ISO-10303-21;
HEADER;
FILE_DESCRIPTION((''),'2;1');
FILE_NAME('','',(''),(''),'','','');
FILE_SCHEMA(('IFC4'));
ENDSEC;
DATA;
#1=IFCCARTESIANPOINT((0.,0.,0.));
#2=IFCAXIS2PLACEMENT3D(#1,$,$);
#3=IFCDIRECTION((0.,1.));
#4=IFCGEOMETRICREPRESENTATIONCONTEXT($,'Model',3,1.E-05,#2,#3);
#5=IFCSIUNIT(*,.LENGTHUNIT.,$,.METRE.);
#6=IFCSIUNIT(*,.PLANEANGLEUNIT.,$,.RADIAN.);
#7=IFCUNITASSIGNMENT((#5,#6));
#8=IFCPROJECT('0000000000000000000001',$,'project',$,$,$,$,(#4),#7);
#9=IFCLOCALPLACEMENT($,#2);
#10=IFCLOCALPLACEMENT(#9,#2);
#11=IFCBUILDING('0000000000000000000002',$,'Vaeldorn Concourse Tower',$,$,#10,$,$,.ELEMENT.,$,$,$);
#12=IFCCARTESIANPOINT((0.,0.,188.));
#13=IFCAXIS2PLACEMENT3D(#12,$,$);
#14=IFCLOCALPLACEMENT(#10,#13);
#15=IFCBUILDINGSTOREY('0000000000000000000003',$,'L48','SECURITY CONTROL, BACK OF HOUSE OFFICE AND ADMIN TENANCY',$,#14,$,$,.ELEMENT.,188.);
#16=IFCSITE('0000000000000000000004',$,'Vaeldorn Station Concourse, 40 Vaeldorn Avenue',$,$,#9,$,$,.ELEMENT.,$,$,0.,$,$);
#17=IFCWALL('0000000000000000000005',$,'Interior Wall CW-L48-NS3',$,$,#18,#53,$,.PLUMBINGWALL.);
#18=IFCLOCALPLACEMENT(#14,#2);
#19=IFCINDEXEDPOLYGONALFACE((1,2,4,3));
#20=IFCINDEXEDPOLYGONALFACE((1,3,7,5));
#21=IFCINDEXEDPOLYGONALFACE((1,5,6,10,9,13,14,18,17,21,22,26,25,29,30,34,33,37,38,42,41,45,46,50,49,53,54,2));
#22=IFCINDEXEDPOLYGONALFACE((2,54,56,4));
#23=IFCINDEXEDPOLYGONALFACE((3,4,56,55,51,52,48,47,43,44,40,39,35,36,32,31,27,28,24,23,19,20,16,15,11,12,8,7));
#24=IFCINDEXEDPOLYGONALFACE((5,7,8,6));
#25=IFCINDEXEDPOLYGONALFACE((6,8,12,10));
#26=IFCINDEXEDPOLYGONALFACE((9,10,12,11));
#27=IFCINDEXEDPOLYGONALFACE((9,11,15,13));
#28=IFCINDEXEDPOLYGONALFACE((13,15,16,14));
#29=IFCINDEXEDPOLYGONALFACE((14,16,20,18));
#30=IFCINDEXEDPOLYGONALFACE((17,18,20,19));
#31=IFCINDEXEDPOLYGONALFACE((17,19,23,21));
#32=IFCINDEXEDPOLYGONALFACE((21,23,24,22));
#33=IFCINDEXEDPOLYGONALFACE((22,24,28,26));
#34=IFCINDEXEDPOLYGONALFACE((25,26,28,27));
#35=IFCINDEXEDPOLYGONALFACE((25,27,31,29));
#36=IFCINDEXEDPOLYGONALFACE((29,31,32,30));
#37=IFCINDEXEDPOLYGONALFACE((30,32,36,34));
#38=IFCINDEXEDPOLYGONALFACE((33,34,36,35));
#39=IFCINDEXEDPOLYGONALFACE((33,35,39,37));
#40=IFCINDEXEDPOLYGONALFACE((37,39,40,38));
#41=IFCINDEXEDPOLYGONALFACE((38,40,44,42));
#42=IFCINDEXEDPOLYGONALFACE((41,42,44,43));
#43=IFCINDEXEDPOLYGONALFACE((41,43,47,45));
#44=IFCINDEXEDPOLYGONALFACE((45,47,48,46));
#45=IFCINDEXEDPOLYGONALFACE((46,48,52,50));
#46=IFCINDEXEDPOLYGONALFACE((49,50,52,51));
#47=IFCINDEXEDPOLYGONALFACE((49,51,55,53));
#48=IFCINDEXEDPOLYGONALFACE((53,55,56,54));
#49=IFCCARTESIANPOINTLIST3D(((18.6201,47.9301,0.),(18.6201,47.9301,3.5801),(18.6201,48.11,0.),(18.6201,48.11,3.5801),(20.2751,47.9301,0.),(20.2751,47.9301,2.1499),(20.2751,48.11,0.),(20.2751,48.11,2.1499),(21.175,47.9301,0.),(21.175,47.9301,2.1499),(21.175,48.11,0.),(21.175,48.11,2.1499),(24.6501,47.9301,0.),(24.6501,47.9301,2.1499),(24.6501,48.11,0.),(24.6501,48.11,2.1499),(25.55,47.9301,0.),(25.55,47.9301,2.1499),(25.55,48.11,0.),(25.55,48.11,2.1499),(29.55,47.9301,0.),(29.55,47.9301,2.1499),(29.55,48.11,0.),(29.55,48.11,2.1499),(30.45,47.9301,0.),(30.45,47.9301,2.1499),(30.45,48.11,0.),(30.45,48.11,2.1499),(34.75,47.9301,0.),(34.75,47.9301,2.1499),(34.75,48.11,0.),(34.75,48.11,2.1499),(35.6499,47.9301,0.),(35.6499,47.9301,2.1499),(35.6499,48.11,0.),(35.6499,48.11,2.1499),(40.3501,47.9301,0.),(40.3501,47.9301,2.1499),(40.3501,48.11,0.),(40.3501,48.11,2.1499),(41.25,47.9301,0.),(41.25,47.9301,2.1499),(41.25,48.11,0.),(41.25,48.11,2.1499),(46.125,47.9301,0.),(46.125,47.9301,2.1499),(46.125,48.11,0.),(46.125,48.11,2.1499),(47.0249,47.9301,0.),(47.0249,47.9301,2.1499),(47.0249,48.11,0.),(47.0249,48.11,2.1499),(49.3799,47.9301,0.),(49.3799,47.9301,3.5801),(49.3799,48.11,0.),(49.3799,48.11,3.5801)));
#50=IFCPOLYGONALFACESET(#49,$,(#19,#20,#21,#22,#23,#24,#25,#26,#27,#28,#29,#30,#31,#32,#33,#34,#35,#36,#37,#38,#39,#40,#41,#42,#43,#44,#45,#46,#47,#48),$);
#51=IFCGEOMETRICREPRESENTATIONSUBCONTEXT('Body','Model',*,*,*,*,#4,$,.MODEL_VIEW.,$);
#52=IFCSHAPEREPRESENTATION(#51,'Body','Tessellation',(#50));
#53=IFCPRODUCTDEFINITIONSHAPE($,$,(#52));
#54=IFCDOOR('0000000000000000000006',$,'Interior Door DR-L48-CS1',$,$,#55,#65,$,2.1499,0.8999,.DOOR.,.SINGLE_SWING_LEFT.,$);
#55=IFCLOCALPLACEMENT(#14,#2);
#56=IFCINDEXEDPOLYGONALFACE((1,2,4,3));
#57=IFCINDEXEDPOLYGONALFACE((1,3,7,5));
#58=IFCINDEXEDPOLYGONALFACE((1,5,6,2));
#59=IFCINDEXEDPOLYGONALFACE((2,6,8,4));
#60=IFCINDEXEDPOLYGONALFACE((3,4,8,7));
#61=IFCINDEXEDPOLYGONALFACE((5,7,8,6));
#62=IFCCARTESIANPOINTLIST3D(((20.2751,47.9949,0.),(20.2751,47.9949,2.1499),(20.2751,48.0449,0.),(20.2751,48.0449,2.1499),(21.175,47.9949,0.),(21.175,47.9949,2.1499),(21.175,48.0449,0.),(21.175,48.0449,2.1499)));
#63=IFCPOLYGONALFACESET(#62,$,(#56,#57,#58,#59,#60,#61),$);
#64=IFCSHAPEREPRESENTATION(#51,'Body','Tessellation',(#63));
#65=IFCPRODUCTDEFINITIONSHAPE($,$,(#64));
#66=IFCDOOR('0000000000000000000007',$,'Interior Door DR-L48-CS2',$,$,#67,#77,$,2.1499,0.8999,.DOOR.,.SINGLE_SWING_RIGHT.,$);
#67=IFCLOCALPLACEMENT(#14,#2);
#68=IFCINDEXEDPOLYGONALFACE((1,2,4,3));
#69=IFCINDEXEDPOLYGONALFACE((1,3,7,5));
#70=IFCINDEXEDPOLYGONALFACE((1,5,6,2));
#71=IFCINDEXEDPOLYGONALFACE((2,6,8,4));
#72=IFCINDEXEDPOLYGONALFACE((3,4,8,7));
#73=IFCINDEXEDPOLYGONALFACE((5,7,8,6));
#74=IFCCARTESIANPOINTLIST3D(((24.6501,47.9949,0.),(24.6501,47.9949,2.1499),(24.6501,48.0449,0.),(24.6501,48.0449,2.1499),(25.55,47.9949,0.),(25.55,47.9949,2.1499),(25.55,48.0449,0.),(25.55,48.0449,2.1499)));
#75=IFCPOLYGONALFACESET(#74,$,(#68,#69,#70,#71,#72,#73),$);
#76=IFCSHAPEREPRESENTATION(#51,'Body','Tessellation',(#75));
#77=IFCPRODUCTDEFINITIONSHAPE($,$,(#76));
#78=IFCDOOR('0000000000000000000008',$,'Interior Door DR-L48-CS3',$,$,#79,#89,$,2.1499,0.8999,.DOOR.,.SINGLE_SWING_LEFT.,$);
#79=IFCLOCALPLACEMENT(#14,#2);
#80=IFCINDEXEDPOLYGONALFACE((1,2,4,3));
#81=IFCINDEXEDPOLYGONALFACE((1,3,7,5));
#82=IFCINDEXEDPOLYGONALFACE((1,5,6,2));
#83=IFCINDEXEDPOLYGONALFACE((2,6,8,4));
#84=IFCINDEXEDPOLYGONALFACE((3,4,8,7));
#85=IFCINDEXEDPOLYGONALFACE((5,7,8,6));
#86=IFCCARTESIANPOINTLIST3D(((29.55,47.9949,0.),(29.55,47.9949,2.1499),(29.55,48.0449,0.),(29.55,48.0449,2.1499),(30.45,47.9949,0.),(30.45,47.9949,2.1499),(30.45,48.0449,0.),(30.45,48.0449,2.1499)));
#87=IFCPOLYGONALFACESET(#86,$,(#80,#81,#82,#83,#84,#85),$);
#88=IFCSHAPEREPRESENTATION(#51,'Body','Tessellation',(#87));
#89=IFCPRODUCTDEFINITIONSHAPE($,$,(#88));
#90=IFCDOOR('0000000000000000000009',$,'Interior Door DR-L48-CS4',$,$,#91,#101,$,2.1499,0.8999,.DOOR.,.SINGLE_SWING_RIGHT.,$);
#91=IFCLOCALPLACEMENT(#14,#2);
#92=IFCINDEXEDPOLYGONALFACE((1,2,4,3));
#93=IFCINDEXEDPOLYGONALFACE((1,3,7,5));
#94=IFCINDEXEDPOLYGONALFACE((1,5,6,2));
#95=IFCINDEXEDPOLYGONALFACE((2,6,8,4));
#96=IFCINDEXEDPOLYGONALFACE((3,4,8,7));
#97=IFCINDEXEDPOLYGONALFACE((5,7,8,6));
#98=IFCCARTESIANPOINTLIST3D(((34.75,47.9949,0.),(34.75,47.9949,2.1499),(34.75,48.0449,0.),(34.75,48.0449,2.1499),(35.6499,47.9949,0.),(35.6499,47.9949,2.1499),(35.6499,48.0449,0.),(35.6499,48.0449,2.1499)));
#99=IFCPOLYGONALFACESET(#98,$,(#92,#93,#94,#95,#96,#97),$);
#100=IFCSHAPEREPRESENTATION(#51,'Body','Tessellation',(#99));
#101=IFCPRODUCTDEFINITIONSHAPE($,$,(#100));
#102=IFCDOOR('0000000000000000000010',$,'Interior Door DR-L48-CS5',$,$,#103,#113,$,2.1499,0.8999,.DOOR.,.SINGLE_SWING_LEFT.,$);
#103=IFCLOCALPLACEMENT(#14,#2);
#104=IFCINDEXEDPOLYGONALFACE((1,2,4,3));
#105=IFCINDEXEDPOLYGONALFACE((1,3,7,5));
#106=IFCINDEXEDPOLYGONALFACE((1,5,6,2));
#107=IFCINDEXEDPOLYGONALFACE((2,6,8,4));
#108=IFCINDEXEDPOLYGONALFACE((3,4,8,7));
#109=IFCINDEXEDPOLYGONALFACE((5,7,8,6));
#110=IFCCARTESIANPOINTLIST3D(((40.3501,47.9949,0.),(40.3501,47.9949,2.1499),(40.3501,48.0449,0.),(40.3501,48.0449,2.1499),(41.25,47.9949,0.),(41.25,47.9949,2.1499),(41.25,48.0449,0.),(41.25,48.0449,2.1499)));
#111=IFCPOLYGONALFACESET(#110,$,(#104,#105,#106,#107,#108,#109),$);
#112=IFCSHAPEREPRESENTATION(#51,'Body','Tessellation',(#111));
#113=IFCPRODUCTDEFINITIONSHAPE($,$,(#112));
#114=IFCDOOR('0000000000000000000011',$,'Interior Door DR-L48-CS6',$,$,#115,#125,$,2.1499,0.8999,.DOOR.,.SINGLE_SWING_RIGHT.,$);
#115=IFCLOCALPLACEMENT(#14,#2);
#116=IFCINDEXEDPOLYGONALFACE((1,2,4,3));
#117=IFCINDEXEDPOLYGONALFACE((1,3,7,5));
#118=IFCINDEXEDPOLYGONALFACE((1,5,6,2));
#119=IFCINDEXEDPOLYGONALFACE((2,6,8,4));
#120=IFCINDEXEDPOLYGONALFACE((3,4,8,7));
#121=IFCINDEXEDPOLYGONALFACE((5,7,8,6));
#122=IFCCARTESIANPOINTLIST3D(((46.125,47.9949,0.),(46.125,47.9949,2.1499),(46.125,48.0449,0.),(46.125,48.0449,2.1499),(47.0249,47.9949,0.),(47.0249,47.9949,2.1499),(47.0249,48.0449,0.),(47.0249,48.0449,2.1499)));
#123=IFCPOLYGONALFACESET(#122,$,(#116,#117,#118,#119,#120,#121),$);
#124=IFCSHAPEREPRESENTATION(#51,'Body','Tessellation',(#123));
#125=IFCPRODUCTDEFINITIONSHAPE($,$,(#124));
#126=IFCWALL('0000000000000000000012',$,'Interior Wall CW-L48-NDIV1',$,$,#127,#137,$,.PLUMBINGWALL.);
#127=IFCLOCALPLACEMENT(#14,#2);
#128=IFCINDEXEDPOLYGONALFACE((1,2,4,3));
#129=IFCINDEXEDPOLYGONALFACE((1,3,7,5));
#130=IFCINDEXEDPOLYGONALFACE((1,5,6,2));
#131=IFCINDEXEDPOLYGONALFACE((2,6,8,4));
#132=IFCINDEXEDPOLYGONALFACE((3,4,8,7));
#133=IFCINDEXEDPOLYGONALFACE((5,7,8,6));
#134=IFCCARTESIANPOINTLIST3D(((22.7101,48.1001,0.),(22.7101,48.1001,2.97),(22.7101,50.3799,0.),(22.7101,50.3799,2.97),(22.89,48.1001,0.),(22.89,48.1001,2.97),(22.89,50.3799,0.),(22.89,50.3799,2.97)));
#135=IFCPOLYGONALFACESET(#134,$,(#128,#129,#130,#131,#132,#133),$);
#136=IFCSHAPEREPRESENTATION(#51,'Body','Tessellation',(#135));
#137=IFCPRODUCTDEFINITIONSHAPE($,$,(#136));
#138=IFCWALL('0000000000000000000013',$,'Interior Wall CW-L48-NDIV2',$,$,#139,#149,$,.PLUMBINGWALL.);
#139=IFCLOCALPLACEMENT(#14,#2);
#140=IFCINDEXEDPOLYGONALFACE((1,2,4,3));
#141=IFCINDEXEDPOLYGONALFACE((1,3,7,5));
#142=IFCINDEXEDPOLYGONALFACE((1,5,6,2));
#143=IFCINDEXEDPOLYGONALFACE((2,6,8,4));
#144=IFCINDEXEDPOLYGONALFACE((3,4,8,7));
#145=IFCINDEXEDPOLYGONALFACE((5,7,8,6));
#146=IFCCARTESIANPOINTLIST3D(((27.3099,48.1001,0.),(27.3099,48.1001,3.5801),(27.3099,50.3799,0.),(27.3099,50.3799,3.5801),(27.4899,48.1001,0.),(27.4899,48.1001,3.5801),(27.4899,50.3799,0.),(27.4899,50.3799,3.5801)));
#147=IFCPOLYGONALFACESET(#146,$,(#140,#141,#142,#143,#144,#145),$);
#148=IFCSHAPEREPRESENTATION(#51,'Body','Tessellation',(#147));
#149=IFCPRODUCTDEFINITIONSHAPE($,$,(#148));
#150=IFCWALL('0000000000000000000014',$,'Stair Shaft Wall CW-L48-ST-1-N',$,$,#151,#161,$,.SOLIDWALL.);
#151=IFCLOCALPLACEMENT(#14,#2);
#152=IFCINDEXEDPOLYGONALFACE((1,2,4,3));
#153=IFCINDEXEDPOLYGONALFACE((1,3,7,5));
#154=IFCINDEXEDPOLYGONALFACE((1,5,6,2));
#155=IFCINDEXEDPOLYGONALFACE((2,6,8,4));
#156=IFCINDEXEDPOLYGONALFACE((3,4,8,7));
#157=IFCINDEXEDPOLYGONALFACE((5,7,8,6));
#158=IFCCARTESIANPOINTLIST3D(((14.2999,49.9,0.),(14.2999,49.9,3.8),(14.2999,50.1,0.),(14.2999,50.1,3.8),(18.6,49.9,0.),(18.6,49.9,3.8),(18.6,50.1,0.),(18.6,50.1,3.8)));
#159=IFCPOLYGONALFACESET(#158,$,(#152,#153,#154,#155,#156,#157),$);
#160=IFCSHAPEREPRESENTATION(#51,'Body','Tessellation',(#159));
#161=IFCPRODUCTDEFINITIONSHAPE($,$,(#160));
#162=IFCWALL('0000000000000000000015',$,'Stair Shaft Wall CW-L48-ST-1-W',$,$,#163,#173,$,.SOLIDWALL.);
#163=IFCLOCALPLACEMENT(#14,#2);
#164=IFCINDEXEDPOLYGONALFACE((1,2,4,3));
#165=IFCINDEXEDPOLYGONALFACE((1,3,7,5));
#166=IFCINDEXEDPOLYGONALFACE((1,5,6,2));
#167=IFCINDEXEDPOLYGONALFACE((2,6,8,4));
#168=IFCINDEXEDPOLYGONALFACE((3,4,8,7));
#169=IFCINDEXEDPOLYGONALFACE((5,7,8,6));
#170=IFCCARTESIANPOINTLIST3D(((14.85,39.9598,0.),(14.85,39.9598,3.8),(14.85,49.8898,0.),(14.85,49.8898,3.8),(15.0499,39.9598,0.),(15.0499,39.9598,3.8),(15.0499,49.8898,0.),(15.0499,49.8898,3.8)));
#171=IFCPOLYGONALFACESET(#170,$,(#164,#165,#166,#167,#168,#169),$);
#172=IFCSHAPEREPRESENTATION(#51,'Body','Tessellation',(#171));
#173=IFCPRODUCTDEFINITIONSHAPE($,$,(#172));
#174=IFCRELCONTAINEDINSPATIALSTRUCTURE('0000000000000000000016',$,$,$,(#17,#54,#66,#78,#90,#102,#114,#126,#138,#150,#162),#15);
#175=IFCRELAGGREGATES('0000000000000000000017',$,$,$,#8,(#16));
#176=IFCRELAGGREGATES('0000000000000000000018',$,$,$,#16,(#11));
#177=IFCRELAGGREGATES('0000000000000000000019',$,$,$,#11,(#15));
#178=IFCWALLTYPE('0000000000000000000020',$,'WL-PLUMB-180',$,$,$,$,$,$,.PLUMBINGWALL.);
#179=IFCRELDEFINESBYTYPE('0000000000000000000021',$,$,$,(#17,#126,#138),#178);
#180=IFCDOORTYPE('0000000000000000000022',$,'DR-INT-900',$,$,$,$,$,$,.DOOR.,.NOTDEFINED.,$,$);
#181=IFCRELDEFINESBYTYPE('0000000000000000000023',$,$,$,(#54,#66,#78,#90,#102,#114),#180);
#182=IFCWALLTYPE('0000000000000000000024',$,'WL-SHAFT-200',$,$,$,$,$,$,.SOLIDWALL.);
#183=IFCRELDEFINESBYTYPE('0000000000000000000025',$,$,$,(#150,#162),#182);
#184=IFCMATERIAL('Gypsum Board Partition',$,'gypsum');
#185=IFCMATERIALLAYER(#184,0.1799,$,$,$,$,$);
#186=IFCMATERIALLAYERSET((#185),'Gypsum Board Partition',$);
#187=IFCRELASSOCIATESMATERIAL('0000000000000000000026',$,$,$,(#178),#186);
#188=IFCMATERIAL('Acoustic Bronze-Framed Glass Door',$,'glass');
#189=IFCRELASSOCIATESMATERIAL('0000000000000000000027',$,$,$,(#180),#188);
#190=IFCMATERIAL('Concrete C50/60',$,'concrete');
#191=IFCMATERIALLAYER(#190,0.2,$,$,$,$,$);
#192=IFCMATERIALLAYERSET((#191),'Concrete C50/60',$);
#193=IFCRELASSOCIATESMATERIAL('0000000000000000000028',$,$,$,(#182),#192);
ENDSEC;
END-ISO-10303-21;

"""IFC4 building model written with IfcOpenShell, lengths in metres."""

from ifc_helpers import new_model, si_unit, direction, frame, frame_2d, origin, place, context, subcontext, project, spatial, rectangle, extrude, source, transform, mapped, material, layer, layer_set, type_object, element, fill, save


model = new_model("IFC4")

# Units and contexts
model_context = context("Model", 3, precision=1e-05, world=origin(), true_north=direction((0.0, 1.0)))
body_context = subcontext(model_context, "Body", "Model", "MODEL_VIEW")
ifc_project = project(units=[si_unit("LENGTHUNIT", "METRE"), si_unit("PLANEANGLEUNIT", "RADIAN")], contexts=[model_context])

# Site, building, storey
site_placement = place(None, origin())
site = spatial("IfcSite", under=ifc_project, at=site_placement, Name="Vaeldorn Station Concourse, 40 Vaeldorn Avenue", CompositionType="ELEMENT", RefElevation=0.0)
building_placement = place(site_placement, origin())
building = spatial("IfcBuilding", under=site, at=building_placement, Name="Vaeldorn Concourse Tower", CompositionType="ELEMENT")
storey_placement = place(building_placement, frame((0.0, 0.0, 188.0)))
storey = spatial("IfcBuildingStorey", under=building, at=storey_placement, Name="L48", Description="SECURITY CONTROL, BACK OF HOUSE OFFICE AND ADMIN TENANCY", CompositionType="ELEMENT", Elevation=188.0)

# Shared definitions
ifc_material_1 = material(Name="Concrete C50/60", Category="concrete")
ifc_material_2 = material(Name="Gypsum Board Partition", Category="gypsum")

# Wall, openings, doors
ifc_layer_1 = layer(ifc_material_2, 0.1799)
ifc_layer_set_1 = layer_set([ifc_layer_1], Name="Gypsum Board Partition")
wall_type_1 = type_object("IfcWallType", Name="WL-PLUMB-180", PredefinedType="PLUMBINGWALL", material=ifc_layer_set_1)
wall_1_placement = place(storey_placement, frame((18.6201, 48.02, 0.0), z_axis=(0.0, 0.0, 1.0), x_axis=(1.0, 0.0, 0.0)))
wall_1 = element("IfcWall", 1, at=wall_1_placement, inside=storey, type_object=wall_type_1, Name="Interior Wall CW-L48-NS3", PredefinedType="PLUMBINGWALL", context=body_context, shape_type="SweptSolid", body=[
    extrude(rectangle(XDim=30.7598, YDim=0.1799, at=frame_2d((15.3799, 0.0))), origin(), (0.0, 0.0, 1.0), 3.5801),
])
opening_1_placement = place(wall_1_placement, frame((1.655, 0.0, 0.0)))
opening_1 = element("IfcOpeningElement", 2, at=opening_1_placement, cuts=wall_1, PredefinedType="OPENING", context=body_context, shape_type="SweptSolid", body=[
    extrude(rectangle(XDim=0.8999, YDim=2.1499, at=frame_2d((0.45, 1.075))), frame((0.0, 0.1001, 0.0), z_axis=(0.0, -1.0, 0.0), x_axis=(1.0, 0.0, 0.0)), (0.0, 0.0, 1.0), 0.2),
])
opening_2_placement = place(wall_1_placement, frame((6.03, 0.0, 0.0)))
opening_2 = element("IfcOpeningElement", 3, at=opening_2_placement, cuts=wall_1, PredefinedType="OPENING", context=body_context, shape_type="SweptSolid", body=[
    extrude(rectangle(XDim=0.8999, YDim=2.1499, at=frame_2d((0.45, 1.075))), frame((0.0, 0.1001, 0.0), z_axis=(0.0, -1.0, 0.0), x_axis=(1.0, 0.0, 0.0)), (0.0, 0.0, 1.0), 0.2),
])
opening_3_placement = place(wall_1_placement, frame((10.9299, 0.0, 0.0)))
opening_3 = element("IfcOpeningElement", 4, at=opening_3_placement, cuts=wall_1, PredefinedType="OPENING", context=body_context, shape_type="SweptSolid", body=[
    extrude(rectangle(XDim=0.8999, YDim=2.1499, at=frame_2d((0.45, 1.075))), frame((0.0, 0.1001, 0.0), z_axis=(0.0, -1.0, 0.0), x_axis=(1.0, 0.0, 0.0)), (0.0, 0.0, 1.0), 0.2),
])
opening_4_placement = place(wall_1_placement, frame((16.1299, 0.0, 0.0)))
opening_4 = element("IfcOpeningElement", 5, at=opening_4_placement, cuts=wall_1, PredefinedType="OPENING", context=body_context, shape_type="SweptSolid", body=[
    extrude(rectangle(XDim=0.8999, YDim=2.1499, at=frame_2d((0.45, 1.075))), frame((0.0, 0.1001, 0.0), z_axis=(0.0, -1.0, 0.0), x_axis=(1.0, 0.0, 0.0)), (0.0, 0.0, 1.0), 0.2),
])
opening_5_placement = place(wall_1_placement, frame((21.73, 0.0, 0.0)))
opening_5 = element("IfcOpeningElement", 6, at=opening_5_placement, cuts=wall_1, PredefinedType="OPENING", context=body_context, shape_type="SweptSolid", body=[
    extrude(rectangle(XDim=0.8999, YDim=2.1499, at=frame_2d((0.45, 1.075))), frame((0.0, 0.1001, 0.0), z_axis=(0.0, -1.0, 0.0), x_axis=(1.0, 0.0, 0.0)), (0.0, 0.0, 1.0), 0.2),
])
opening_6_placement = place(wall_1_placement, frame((27.5049, 0.0, 0.0)))
opening_6 = element("IfcOpeningElement", 7, at=opening_6_placement, cuts=wall_1, PredefinedType="OPENING", context=body_context, shape_type="SweptSolid", body=[
    extrude(rectangle(XDim=0.8999, YDim=2.1499, at=frame_2d((0.45, 1.075))), frame((0.0, 0.1001, 0.0), z_axis=(0.0, -1.0, 0.0), x_axis=(1.0, 0.0, 0.0)), (0.0, 0.0, 1.0), 0.2),
])
ifc_material_3 = material(Name="Acoustic Bronze-Framed Glass Door", Category="glass")
door_type_1 = type_object("IfcDoorType", Name="DR-INT-900", OperationType="NOTDEFINED", PredefinedType="DOOR", material=ifc_material_3)
shared_shape_1 = source(origin(), body_context, "Body", "SweptSolid", [
    extrude(rectangle(XDim=0.8999, YDim=2.1499, at=frame_2d((0.45, 1.075))), frame((0.0, 0.0249, 0.0), z_axis=(0.0, -1.0, 0.0), x_axis=(1.0, 0.0, 0.0)), (0.0, 0.0, 1.0), 0.05),
])
door_1_placement = place(opening_1_placement, origin())
door_1 = element("IfcDoor", 8, at=door_1_placement, inside=storey, type_object=door_type_1, Name="Interior Door DR-L48-CS1", OperationType="SINGLE_SWING_LEFT", OverallHeight=2.1499, OverallWidth=0.8999, PredefinedType="DOOR", context=body_context, shape_type="MappedRepresentation", body=[
    mapped(shared_shape_1, transform((0.0, 0.0, 0.0), scale=1.0)),
])
fill(opening_1, door_1)
door_2_placement = place(opening_2_placement, origin())
door_2 = element("IfcDoor", 9, at=door_2_placement, inside=storey, type_object=door_type_1, Name="Interior Door DR-L48-CS2", OperationType="SINGLE_SWING_RIGHT", OverallHeight=2.1499, OverallWidth=0.8999, PredefinedType="DOOR", context=body_context, shape_type="MappedRepresentation", body=[
    mapped(shared_shape_1, transform((0.0, 0.0, 0.0), scale=1.0)),
])
fill(opening_2, door_2)
door_3_placement = place(opening_3_placement, origin())
door_3 = element("IfcDoor", 10, at=door_3_placement, inside=storey, type_object=door_type_1, Name="Interior Door DR-L48-CS3", OperationType="SINGLE_SWING_LEFT", OverallHeight=2.1499, OverallWidth=0.8999, PredefinedType="DOOR", context=body_context, shape_type="MappedRepresentation", body=[
    mapped(shared_shape_1, transform((0.0, 0.0, 0.0), scale=1.0)),
])
fill(opening_3, door_3)
door_4_placement = place(opening_4_placement, origin())
door_4 = element("IfcDoor", 11, at=door_4_placement, inside=storey, type_object=door_type_1, Name="Interior Door DR-L48-CS4", OperationType="SINGLE_SWING_RIGHT", OverallHeight=2.1499, OverallWidth=0.8999, PredefinedType="DOOR", context=body_context, shape_type="MappedRepresentation", body=[
    mapped(shared_shape_1, transform((0.0, 0.0, 0.0), scale=1.0)),
])
fill(opening_4, door_4)
door_5_placement = place(opening_5_placement, origin())
door_5 = element("IfcDoor", 12, at=door_5_placement, inside=storey, type_object=door_type_1, Name="Interior Door DR-L48-CS5", OperationType="SINGLE_SWING_LEFT", OverallHeight=2.1499, OverallWidth=0.8999, PredefinedType="DOOR", context=body_context, shape_type="MappedRepresentation", body=[
    mapped(shared_shape_1, transform((0.0, 0.0, 0.0), scale=1.0)),
])
fill(opening_5, door_5)
door_6_placement = place(opening_6_placement, origin())
door_6 = element("IfcDoor", 13, at=door_6_placement, inside=storey, type_object=door_type_1, Name="Interior Door DR-L48-CS6", OperationType="SINGLE_SWING_RIGHT", OverallHeight=2.1499, OverallWidth=0.8999, PredefinedType="DOOR", context=body_context, shape_type="MappedRepresentation", body=[
    mapped(shared_shape_1, transform((0.0, 0.0, 0.0), scale=1.0)),
])
fill(opening_6, door_6)

# Walls
wall_2_placement = place(storey_placement, frame((22.8, 48.1001, 0.0), z_axis=(0.0, 0.0, 1.0), x_axis=(0.0, 1.0, 0.0)))
element("IfcWall", 14, at=wall_2_placement, inside=storey, type_object=wall_type_1, Name="Interior Wall CW-L48-NDIV1", PredefinedType="PLUMBINGWALL", context=body_context, shape_type="SweptSolid", body=[
    extrude(rectangle(XDim=2.2798, YDim=0.1799, at=frame_2d((1.1399, 0.0))), origin(), (0.0, 0.0, 1.0), 2.97),
])
wall_3_placement = place(storey_placement, frame((27.3999, 48.1001, 0.0), z_axis=(0.0, 0.0, 1.0), x_axis=(0.0, 1.0, 0.0)))
element("IfcWall", 15, at=wall_3_placement, inside=storey, type_object=wall_type_1, Name="Interior Wall CW-L48-NDIV2", PredefinedType="PLUMBINGWALL", context=body_context, shape_type="SweptSolid", body=[
    extrude(rectangle(XDim=2.2798, YDim=0.1799, at=frame_2d((1.1399, 0.0))), origin(), (0.0, 0.0, 1.0), 3.5801),
])
ifc_layer_2 = layer(ifc_material_1, 0.2)
ifc_layer_set_2 = layer_set([ifc_layer_2], Name="Concrete C50/60")
wall_type_2 = type_object("IfcWallType", Name="WL-SHAFT-200", PredefinedType="SOLIDWALL", material=ifc_layer_set_2)
wall_4_placement = place(storey_placement, frame((14.3, 50.0, 0.0), z_axis=(0.0, 0.0, 1.0), x_axis=(1.0, 0.0, 0.0)))
element("IfcWall", 16, at=wall_4_placement, inside=storey, type_object=wall_type_2, Name="Stair Shaft Wall CW-L48-ST-1-N", PredefinedType="SOLIDWALL", context=body_context, shape_type="SweptSolid", body=[
    extrude(rectangle(XDim=4.3, YDim=0.2, at=frame_2d((2.1499, 0.0))), origin(), (0.0, 0.0, 1.0), 3.8),
])
for number, where, z_axis, x_axis, name in (
    (17, (14.95, 39.96, 0.0), (0.0, 0.0, 1.0), (0.0, 1.0, 0.0), "Stair Shaft Wall CW-L48-ST-1-W"),
):
    element("IfcWall", number, at=place(storey_placement, frame(where, z_axis=z_axis, x_axis=x_axis)), inside=storey, type_object=wall_type_2, Name=name, PredefinedType="SOLIDWALL", context=body_context, shape_type="SweptSolid", body=[
        extrude(rectangle(XDim=9.9299, YDim=0.2, at=frame_2d((4.9648, 0.0))), origin(), (0.0, 0.0, 1.0), 3.8),
    ])

save(model, "model.ifc")
